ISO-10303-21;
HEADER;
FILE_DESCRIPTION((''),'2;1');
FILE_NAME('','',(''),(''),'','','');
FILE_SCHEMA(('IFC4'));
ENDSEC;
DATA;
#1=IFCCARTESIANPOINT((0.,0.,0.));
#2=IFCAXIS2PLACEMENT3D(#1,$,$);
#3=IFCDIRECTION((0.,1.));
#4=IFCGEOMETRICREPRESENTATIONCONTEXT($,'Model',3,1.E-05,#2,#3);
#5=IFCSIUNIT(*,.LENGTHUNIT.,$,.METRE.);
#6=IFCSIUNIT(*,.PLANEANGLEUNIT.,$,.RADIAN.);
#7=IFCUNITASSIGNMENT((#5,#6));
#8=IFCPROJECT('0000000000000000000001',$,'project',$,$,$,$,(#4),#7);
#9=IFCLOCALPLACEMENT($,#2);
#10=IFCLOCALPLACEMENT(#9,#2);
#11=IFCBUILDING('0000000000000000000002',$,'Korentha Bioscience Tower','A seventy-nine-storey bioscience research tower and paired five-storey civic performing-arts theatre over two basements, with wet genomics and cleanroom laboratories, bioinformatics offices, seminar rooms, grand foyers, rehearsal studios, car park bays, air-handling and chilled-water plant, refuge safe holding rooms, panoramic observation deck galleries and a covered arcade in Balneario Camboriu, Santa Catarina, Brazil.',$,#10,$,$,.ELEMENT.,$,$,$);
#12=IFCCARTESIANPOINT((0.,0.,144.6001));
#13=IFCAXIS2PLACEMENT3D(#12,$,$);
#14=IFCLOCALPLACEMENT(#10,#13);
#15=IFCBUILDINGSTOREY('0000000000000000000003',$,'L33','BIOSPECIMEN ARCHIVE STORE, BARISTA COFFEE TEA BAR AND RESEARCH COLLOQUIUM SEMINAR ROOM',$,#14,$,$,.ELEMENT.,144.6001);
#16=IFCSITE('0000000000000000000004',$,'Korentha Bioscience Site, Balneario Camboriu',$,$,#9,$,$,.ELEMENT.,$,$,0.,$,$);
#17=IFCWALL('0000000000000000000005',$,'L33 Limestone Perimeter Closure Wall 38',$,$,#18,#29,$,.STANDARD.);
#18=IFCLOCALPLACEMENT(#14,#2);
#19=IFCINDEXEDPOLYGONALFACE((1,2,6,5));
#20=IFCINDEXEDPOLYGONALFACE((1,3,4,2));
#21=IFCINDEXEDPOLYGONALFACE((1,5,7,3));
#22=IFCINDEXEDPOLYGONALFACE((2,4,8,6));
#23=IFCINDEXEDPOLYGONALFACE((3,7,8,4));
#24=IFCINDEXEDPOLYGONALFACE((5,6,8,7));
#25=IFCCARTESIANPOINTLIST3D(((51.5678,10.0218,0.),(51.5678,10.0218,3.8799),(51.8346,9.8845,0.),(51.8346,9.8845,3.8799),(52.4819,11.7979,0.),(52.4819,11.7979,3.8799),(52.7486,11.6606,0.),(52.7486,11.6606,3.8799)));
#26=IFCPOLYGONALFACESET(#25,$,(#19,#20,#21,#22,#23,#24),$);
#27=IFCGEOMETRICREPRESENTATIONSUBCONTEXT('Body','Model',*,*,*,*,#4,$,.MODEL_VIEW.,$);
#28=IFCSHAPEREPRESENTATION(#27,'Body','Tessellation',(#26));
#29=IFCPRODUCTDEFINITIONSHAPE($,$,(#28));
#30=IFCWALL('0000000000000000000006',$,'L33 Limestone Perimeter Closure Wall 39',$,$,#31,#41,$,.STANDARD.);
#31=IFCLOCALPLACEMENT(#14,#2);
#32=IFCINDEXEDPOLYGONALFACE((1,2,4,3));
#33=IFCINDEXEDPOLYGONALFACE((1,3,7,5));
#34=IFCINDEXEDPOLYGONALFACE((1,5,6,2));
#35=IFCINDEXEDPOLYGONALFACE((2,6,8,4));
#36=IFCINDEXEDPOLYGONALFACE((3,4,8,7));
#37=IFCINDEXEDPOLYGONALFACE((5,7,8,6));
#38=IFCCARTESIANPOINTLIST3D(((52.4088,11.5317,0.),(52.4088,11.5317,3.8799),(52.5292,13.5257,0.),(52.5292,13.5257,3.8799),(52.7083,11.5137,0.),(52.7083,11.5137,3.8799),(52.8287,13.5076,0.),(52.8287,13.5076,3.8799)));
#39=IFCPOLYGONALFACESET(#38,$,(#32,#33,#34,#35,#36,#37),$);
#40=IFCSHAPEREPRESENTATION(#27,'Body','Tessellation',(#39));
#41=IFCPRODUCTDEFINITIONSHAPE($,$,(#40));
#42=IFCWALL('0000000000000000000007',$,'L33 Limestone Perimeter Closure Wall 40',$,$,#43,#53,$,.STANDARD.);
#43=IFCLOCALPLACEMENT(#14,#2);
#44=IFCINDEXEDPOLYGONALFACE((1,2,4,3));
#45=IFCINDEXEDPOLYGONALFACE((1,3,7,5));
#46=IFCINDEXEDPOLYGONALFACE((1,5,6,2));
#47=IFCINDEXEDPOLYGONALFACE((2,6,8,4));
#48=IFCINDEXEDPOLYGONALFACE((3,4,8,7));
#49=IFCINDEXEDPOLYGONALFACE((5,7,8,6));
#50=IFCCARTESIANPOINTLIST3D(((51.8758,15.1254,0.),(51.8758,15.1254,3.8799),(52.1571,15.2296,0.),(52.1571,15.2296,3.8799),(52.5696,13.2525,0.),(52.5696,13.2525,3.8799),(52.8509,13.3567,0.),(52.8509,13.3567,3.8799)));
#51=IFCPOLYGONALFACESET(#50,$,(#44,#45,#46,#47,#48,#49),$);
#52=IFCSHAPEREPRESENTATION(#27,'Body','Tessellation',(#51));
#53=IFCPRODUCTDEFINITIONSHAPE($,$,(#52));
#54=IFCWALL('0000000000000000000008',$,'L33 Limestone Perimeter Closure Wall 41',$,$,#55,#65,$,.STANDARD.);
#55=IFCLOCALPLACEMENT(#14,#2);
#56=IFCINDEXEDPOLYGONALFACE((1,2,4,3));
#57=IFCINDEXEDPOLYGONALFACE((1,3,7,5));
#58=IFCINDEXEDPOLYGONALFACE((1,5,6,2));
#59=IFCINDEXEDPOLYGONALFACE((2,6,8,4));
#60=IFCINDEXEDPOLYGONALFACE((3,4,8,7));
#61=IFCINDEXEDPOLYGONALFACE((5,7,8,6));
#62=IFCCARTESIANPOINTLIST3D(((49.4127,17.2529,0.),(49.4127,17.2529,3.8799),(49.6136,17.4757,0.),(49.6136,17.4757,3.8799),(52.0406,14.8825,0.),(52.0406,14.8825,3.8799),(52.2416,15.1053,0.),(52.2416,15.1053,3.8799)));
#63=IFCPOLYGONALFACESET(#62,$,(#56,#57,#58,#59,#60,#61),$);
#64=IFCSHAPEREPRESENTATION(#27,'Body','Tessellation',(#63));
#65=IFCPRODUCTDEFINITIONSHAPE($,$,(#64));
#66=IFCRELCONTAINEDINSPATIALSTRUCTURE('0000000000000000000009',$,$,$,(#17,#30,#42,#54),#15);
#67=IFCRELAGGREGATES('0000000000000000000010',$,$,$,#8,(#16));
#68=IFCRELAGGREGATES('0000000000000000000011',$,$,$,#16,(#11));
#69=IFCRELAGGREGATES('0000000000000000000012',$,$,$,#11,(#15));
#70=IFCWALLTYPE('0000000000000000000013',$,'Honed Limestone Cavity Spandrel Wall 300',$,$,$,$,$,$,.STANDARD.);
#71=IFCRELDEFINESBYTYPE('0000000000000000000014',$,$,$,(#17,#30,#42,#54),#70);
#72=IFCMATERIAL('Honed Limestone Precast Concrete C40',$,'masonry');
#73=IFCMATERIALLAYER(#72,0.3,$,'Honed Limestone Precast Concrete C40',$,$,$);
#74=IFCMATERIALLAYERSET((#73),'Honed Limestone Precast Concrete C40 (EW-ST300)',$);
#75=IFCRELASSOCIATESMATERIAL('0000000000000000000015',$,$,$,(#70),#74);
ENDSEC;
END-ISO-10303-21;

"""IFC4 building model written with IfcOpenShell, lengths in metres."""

from ifc_helpers import new_model, si_unit, direction, frame, frame_2d, origin, place, context, subcontext, project, spatial, rectangle, extrude, material, layer, layer_set, type_object, element, save


model = new_model("IFC4")

# Units and contexts
model_context = context("Model", 3, precision=1e-05, world=origin(), true_north=direction((0.0, 1.0)))
body_context = subcontext(model_context, "Body", "Model", "MODEL_VIEW")
ifc_project = project(units=[si_unit("LENGTHUNIT", "METRE"), si_unit("PLANEANGLEUNIT", "RADIAN")], contexts=[model_context])

# Site, building, storey
site_placement = place(None, origin())
site = spatial("IfcSite", under=ifc_project, at=site_placement, Name="Korentha Bioscience Site, Balneario Camboriu", CompositionType="ELEMENT", RefElevation=0.0)
building_placement = place(site_placement, origin())
building = spatial("IfcBuilding", under=site, at=building_placement, Name="Korentha Bioscience Tower", Description="A seventy-nine-storey bioscience research tower and paired five-storey civic performing-arts theatre over two basements, with wet genomics and cleanroom laboratories, bioinformatics offices, seminar rooms, grand foyers, rehearsal studios, car park bays, air-handling and chilled-water plant, refuge safe holding rooms, panoramic observation deck galleries and a covered arcade in Balneario Camboriu, Santa Catarina, Brazil.", CompositionType="ELEMENT")
storey_placement = place(building_placement, frame((0.0, 0.0, 144.6001)))
storey = spatial("IfcBuildingStorey", under=building, at=storey_placement, Name="L33", Description="BIOSPECIMEN ARCHIVE STORE, BARISTA COFFEE TEA BAR AND RESEARCH COLLOQUIUM SEMINAR ROOM", CompositionType="ELEMENT", Elevation=144.6001)

# Shared definitions
ifc_material_1 = material(Name="Honed Limestone Precast Concrete C40", Category="masonry")
ifc_layer_1 = layer(ifc_material_1, 0.3, Name="Honed Limestone Precast Concrete C40")
ifc_layer_set_1 = layer_set([ifc_layer_1], Name="Honed Limestone Precast Concrete C40 (EW-ST300)")
wall_type_1 = type_object("IfcWallType", Name="Honed Limestone Cavity Spandrel Wall 300", PredefinedType="STANDARD", material=ifc_layer_set_1)

# Walls
for number, where, z_axis, x_axis, name in (
    (1, (51.7012, 9.9531, 0.0), (0.0, 0.0, 1.0), (0.457597, 0.88916, 0.0), "L33 Limestone Perimeter Closure Wall 38"),
    (2, (52.5586, 11.5227, 0.0), (0.0, 0.0, 1.0), (0.060255, 0.998183, 0.0), "L33 Limestone Perimeter Closure Wall 39"),
):
    element("IfcWall", number, at=place(storey_placement, frame(where, z_axis=z_axis, x_axis=x_axis)), inside=storey, type_object=wall_type_1, Name=name, PredefinedType="STANDARD", context=body_context, shape_type="SweptSolid", body=[
        extrude(rectangle(XDim=1.9976, YDim=0.3, at=frame_2d((0.9988, 0.0))), origin(), (0.0, 0.0, 1.0), 3.8799),
    ])
wall_1_placement = place(storey_placement, frame((52.7102, 13.3047, 0.0), z_axis=(0.0, 0.0, 1.0), x_axis=(-0.34737, 0.937728, 0.0)))
element("IfcWall", 3, at=wall_1_placement, inside=storey, type_object=wall_type_1, Name="L33 Limestone Perimeter Closure Wall 40", PredefinedType="STANDARD", context=body_context, shape_type="SweptSolid", body=[
    extrude(rectangle(XDim=1.9973, YDim=0.3, at=frame_2d((0.9985, 0.0))), origin(), (0.0, 0.0, 1.0), 3.8799),
])
wall_2_placement = place(storey_placement, frame((52.1411, 14.9939, 0.0), z_axis=(0.0, 0.0, 1.0), x_axis=(-0.74256, 0.66978, 0.0)))
element("IfcWall", 4, at=wall_2_placement, inside=storey, type_object=wall_type_1, Name="L33 Limestone Perimeter Closure Wall 41", PredefinedType="STANDARD", context=body_context, shape_type="SweptSolid", body=[
    extrude(rectangle(XDim=3.5391, YDim=0.3, at=frame_2d((1.7695, 0.0))), origin(), (0.0, 0.0, 1.0), 3.8799),
])

save(model, "model.ifc")
